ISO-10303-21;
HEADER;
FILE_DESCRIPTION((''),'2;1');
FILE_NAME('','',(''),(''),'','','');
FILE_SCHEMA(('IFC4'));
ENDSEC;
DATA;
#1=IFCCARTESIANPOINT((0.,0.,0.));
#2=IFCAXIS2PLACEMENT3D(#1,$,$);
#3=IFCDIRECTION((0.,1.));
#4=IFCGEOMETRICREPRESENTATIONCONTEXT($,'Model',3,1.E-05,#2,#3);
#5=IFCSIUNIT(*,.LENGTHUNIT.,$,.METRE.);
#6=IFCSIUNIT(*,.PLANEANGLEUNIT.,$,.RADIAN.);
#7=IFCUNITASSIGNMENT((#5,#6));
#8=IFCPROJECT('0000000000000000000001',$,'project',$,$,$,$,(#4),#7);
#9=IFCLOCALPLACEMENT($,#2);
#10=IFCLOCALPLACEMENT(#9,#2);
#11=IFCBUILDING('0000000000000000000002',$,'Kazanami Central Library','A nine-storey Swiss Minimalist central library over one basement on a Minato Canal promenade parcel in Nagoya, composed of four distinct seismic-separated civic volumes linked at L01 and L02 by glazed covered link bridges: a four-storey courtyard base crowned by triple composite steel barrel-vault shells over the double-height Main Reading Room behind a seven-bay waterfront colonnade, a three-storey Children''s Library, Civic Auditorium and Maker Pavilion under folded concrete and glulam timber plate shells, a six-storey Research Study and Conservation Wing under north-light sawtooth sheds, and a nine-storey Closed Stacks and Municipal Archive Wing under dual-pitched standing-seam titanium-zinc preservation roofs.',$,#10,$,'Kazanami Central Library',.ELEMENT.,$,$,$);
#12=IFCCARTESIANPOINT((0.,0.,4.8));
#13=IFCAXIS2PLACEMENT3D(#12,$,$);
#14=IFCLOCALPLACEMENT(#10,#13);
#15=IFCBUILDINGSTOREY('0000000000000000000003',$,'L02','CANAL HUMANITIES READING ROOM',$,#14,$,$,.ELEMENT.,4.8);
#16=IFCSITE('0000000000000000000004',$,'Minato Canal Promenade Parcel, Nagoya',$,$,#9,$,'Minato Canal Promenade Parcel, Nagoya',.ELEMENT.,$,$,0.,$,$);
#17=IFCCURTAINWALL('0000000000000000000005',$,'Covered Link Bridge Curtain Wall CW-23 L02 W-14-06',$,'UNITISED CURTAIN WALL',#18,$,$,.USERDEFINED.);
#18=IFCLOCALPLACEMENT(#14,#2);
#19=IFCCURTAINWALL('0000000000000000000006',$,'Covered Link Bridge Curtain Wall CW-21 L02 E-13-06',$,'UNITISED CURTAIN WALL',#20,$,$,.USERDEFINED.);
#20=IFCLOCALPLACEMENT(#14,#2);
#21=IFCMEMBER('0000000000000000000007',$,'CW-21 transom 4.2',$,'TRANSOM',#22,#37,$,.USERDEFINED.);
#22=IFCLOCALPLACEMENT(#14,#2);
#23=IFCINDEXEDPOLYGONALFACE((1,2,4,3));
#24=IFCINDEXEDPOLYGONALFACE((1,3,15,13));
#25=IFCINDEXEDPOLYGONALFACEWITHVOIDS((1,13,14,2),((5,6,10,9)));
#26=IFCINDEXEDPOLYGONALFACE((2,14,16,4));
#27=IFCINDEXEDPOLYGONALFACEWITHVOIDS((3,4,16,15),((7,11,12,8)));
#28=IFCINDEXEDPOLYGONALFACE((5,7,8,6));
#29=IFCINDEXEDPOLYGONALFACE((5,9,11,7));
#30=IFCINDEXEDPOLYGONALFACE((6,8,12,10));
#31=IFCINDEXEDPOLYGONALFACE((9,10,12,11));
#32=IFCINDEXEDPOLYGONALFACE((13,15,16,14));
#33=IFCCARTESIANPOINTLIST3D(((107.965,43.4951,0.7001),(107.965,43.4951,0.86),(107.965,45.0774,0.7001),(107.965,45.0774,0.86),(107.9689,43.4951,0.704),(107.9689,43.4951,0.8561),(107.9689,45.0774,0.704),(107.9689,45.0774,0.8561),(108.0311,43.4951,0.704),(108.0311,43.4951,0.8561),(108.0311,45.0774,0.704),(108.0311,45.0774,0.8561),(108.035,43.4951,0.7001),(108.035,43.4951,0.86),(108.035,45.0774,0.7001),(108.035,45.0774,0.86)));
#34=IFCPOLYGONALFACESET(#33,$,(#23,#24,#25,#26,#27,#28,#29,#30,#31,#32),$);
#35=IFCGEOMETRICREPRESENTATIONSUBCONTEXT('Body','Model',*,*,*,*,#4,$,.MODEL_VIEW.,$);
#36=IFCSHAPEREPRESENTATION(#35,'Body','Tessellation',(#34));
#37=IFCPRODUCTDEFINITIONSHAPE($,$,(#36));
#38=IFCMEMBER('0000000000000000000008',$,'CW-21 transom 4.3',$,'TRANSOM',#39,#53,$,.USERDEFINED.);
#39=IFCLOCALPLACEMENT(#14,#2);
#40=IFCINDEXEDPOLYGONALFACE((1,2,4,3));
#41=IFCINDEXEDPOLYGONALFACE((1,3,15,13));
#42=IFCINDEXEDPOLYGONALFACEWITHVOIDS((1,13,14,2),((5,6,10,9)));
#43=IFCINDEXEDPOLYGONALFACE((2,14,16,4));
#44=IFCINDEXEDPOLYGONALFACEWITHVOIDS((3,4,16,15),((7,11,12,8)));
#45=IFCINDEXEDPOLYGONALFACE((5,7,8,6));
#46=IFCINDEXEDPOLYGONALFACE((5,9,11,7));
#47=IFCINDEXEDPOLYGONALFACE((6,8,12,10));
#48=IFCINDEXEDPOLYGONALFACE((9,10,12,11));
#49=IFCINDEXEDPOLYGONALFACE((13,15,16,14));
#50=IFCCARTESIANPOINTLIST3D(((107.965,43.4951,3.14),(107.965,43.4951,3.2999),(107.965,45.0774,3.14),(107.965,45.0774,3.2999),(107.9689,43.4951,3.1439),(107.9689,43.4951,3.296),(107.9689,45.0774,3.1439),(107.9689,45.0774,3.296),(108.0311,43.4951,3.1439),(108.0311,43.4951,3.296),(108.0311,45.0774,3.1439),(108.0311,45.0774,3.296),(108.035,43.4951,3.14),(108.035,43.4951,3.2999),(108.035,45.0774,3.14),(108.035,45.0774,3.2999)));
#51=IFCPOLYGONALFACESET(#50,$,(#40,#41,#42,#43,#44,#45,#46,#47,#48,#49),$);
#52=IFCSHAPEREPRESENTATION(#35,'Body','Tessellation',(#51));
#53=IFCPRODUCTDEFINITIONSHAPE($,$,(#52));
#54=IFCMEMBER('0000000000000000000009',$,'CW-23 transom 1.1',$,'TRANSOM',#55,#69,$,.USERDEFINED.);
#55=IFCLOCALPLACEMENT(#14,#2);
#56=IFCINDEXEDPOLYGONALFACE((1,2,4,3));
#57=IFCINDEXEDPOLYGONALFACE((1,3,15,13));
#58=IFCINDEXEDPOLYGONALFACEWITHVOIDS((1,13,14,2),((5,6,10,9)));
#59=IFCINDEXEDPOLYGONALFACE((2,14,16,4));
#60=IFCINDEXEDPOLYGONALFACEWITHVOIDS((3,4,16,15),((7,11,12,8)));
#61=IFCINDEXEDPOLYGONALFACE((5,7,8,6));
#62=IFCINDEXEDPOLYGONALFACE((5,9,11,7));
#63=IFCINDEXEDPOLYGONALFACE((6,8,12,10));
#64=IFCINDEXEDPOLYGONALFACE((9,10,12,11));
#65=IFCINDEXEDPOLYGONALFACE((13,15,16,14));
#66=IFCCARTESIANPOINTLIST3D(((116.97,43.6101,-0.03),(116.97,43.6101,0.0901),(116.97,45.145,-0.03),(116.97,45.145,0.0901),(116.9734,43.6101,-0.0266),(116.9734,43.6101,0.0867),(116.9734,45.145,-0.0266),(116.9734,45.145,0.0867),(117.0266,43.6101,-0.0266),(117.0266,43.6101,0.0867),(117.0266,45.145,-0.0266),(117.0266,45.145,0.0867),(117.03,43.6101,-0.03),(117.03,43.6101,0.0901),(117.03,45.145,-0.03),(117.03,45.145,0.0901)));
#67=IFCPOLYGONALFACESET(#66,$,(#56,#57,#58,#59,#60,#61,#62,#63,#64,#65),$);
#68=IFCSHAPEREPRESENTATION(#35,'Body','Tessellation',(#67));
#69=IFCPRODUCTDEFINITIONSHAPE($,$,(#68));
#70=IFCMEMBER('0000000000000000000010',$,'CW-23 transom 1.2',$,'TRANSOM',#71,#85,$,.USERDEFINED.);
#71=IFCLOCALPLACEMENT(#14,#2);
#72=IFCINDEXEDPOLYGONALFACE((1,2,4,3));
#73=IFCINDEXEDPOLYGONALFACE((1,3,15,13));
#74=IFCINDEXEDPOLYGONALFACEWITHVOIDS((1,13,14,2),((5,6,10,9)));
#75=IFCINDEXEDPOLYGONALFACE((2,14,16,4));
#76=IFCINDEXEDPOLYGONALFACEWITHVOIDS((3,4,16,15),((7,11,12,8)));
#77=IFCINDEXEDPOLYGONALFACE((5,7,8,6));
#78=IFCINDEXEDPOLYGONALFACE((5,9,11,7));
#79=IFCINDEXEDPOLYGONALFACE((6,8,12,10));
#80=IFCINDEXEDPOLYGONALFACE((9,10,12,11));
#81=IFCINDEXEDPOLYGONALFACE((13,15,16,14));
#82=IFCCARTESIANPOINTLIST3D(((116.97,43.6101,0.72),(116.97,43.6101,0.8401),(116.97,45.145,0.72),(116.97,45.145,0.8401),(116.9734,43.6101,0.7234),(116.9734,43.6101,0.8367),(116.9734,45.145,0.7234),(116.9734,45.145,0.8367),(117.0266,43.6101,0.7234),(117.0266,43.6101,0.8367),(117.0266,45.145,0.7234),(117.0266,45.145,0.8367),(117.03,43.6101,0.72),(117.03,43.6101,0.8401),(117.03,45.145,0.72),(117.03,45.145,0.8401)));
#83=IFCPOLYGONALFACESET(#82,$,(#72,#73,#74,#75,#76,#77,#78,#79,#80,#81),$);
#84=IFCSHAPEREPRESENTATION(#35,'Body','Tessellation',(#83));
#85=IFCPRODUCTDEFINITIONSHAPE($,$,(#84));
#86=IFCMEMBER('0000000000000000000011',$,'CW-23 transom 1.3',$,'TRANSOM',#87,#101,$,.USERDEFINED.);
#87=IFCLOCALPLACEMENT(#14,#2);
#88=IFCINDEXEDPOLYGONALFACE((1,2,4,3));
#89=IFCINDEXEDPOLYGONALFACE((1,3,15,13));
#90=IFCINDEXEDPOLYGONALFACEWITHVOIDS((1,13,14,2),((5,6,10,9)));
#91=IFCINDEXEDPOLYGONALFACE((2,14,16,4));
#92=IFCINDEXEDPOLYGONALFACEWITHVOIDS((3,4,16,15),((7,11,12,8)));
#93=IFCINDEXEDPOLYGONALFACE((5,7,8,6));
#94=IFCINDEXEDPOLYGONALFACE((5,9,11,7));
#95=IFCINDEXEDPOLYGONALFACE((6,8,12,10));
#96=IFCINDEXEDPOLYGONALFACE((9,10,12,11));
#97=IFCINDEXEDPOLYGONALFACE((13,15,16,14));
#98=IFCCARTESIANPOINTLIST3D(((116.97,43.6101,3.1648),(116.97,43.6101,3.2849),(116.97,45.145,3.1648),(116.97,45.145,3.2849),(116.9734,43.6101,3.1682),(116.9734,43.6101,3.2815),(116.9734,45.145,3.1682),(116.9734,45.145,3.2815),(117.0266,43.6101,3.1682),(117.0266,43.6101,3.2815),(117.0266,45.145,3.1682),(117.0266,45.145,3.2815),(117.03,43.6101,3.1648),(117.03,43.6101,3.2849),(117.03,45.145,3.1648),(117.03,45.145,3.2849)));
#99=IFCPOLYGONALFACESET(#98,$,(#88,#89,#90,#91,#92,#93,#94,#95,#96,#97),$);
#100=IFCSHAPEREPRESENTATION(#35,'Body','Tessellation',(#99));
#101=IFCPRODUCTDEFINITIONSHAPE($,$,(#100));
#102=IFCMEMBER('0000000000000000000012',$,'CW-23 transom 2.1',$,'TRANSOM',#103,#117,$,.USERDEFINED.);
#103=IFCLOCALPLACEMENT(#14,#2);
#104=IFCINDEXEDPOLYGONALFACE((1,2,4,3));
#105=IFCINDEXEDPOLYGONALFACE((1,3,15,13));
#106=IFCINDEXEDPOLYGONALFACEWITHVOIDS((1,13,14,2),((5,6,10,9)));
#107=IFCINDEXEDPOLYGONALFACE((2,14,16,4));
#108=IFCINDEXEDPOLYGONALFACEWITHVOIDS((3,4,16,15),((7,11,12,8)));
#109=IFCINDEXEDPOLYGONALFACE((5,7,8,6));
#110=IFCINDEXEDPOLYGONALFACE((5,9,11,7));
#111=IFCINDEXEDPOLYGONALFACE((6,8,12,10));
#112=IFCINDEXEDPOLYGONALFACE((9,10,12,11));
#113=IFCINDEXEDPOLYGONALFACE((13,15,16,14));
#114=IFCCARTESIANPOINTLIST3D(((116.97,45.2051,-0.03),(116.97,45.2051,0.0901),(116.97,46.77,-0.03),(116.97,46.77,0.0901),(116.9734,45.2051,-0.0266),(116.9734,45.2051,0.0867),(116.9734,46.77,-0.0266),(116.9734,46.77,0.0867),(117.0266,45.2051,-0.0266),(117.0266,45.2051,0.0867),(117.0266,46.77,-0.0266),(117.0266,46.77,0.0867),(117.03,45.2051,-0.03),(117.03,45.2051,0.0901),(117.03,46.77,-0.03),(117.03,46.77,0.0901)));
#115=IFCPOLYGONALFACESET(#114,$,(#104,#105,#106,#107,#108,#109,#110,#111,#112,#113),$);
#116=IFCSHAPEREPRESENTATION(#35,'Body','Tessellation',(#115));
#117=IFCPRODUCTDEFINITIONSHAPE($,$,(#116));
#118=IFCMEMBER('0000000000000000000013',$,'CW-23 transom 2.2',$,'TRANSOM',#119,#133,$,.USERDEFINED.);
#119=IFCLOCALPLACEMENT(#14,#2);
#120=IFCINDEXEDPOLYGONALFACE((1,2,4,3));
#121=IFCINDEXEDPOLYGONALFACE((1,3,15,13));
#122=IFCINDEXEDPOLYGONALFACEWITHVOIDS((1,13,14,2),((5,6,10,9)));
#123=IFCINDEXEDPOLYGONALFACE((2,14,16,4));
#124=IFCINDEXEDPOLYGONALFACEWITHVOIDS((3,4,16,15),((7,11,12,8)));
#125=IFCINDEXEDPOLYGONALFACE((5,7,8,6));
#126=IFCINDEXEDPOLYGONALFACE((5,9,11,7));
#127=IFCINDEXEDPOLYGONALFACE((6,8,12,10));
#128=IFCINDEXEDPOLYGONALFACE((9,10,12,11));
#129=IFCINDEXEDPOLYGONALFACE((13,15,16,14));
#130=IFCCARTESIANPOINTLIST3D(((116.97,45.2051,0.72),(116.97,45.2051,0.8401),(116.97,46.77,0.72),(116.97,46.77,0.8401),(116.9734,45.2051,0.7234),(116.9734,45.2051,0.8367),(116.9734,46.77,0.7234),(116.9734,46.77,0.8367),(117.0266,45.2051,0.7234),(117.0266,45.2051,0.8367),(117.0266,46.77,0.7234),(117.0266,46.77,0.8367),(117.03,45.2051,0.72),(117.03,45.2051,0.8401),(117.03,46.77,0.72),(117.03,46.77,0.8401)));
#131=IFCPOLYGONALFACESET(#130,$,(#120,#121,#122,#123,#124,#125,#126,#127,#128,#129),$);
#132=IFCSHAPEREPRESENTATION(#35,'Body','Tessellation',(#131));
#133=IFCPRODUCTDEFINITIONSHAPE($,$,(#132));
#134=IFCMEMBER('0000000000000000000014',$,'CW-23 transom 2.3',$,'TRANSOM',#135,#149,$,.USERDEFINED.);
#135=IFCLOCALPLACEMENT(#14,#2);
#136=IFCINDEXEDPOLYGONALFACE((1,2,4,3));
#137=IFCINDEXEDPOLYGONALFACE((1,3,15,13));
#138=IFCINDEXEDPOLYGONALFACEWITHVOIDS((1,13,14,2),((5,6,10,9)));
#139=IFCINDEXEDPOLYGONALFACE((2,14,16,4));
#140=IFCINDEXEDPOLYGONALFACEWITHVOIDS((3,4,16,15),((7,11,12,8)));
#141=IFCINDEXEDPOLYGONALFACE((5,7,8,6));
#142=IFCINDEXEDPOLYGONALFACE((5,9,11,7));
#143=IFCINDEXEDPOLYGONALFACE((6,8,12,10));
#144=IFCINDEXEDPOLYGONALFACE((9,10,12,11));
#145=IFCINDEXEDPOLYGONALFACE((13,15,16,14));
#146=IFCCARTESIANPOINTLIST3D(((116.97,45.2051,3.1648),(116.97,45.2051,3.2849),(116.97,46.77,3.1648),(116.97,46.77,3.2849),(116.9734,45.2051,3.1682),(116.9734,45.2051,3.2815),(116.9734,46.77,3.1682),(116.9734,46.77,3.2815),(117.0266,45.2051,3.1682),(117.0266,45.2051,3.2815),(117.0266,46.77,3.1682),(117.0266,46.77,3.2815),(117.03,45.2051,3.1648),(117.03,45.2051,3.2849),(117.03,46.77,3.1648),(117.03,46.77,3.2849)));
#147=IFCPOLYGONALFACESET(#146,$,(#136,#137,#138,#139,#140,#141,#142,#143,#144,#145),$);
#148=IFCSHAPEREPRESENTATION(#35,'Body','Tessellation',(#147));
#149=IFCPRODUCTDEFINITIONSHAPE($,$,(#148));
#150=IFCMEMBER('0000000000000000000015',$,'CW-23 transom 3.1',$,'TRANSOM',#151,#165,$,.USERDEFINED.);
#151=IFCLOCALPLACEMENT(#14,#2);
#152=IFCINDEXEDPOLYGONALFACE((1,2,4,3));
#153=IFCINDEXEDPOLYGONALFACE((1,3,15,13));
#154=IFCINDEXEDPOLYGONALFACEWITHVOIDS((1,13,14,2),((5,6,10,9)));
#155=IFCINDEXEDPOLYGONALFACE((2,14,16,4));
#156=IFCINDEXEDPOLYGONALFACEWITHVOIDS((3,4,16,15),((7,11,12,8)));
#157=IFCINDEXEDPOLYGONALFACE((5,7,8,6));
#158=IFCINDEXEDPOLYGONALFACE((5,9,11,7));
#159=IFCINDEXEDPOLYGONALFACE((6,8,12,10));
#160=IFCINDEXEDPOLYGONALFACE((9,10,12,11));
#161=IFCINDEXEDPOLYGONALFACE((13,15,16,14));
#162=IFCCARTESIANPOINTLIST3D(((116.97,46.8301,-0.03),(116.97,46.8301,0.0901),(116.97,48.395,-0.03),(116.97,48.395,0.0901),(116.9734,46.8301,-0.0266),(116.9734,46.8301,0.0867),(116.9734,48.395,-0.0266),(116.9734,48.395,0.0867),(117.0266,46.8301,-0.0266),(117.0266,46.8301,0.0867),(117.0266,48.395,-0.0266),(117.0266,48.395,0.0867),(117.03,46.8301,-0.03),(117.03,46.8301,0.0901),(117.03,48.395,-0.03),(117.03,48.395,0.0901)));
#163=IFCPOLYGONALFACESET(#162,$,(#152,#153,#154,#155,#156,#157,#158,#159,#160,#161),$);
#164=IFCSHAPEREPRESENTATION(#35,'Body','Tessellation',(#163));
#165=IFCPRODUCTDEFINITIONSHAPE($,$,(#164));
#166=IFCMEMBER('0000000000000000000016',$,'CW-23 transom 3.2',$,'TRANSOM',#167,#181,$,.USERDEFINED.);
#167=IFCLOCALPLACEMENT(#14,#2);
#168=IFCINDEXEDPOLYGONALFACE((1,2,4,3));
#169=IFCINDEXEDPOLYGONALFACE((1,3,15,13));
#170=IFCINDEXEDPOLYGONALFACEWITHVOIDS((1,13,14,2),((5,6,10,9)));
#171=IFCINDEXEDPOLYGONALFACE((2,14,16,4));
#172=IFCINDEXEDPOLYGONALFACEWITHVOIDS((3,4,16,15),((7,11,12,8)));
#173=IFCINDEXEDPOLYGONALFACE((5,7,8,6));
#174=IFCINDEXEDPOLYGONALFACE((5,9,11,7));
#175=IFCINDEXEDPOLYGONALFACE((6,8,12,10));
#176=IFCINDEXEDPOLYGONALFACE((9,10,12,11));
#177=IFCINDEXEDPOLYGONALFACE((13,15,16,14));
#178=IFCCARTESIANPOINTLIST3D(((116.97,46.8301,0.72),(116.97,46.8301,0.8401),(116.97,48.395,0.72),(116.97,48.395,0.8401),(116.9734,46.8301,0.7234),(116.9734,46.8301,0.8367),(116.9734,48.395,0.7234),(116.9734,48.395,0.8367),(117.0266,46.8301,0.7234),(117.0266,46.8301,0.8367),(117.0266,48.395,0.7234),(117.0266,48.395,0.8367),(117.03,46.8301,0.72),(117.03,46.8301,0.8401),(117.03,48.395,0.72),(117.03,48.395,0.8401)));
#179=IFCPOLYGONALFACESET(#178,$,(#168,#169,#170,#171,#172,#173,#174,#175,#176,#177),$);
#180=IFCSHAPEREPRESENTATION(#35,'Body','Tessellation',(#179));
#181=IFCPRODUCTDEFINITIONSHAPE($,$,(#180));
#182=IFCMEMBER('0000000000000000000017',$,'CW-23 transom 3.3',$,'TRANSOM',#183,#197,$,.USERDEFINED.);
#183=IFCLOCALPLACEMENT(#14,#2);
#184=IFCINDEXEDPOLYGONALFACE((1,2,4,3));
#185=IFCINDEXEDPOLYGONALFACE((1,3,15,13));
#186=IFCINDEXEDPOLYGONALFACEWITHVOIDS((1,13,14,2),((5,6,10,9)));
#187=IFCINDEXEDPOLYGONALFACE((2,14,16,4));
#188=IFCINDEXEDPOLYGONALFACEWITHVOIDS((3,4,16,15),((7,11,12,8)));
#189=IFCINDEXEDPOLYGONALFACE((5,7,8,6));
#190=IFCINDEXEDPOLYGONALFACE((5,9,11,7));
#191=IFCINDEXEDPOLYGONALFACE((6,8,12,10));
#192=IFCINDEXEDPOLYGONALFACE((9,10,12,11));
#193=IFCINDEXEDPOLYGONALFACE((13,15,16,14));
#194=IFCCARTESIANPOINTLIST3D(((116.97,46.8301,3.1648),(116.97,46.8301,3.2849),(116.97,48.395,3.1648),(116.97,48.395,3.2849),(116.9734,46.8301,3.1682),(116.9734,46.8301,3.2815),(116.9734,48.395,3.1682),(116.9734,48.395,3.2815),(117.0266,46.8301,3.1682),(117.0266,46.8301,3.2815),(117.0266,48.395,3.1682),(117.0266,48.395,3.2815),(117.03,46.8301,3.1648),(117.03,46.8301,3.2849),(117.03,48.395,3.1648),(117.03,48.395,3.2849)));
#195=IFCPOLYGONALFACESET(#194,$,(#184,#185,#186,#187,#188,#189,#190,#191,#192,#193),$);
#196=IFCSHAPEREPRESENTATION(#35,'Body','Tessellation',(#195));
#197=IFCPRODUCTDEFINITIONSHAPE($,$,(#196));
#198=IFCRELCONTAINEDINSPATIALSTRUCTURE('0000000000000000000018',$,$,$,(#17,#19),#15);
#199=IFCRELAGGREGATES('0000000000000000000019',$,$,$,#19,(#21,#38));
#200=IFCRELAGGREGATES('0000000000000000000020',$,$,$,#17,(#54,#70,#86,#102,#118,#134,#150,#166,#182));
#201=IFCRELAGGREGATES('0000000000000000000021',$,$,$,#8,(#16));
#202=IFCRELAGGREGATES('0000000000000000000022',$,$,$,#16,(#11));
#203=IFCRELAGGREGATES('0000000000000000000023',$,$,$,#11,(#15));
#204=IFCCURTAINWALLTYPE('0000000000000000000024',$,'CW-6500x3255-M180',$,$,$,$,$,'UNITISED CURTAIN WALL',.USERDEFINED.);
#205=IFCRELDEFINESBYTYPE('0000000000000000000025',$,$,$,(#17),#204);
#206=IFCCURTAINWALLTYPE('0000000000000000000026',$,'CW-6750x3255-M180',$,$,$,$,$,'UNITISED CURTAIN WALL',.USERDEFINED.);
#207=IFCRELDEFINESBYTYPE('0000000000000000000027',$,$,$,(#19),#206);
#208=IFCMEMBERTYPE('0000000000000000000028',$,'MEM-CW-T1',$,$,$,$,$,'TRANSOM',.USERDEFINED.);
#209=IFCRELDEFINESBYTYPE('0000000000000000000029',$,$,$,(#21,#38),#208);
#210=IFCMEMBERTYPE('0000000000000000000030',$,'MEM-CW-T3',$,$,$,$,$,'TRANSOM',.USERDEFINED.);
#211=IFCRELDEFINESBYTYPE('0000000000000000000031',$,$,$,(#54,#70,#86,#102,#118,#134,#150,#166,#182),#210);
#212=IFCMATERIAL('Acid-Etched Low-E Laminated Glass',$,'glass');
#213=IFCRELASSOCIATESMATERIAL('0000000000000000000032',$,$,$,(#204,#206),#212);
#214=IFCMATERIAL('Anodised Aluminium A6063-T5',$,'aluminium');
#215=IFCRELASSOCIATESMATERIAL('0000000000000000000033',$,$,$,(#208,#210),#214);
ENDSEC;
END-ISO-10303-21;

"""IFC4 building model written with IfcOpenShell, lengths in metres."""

from ifc_helpers import new_model, si_unit, direction, frame, origin, origin_2d, place, context, subcontext, project, spatial, hollow_rectangle, extrude, material, material_profile, profile_set, type_object, element, aggregate, save


model = new_model("IFC4")

# Units and contexts
model_context = context("Model", 3, precision=1e-05, world=origin(), true_north=direction((0.0, 1.0)))
body_context = subcontext(model_context, "Body", "Model", "MODEL_VIEW")
ifc_project = project(units=[si_unit("LENGTHUNIT", "METRE"), si_unit("PLANEANGLEUNIT", "RADIAN")], contexts=[model_context])

# Site, building, storey
site_placement = place(None, origin())
site = spatial("IfcSite", under=ifc_project, at=site_placement, Name="Minato Canal Promenade Parcel, Nagoya", LongName="Minato Canal Promenade Parcel, Nagoya", CompositionType="ELEMENT", RefElevation=0.0)
building_placement = place(site_placement, origin())
building = spatial("IfcBuilding", under=site, at=building_placement, Name="Kazanami Central Library", Description="A nine-storey Swiss Minimalist central library over one basement on a Minato Canal promenade parcel in Nagoya, composed of four distinct seismic-separated civic volumes linked at L01 and L02 by glazed covered link bridges: a four-storey courtyard base crowned by triple composite steel barrel-vault shells over the double-height Main Reading Room behind a seven-bay waterfront colonnade, a three-storey Children's Library, Civic Auditorium and Maker Pavilion under folded concrete and glulam timber plate shells, a six-storey Research Study and Conservation Wing under north-light sawtooth sheds, and a nine-storey Closed Stacks and Municipal Archive Wing under dual-pitched standing-seam titanium-zinc preservation roofs.", LongName="Kazanami Central Library", CompositionType="ELEMENT")
storey_placement = place(building_placement, frame((0.0, 0.0, 4.8)))
storey = spatial("IfcBuildingStorey", under=building, at=storey_placement, Name="L02", Description="CANAL HUMANITIES READING ROOM", CompositionType="ELEMENT", Elevation=4.8)

# Curtain walls, members
ifc_material_1 = material(Name="Acid-Etched Low-E Laminated Glass", Category="glass")
curtain_wall_type_1 = type_object("IfcCurtainWallType", Name="CW-6500x3255-M180", ElementType="UNITISED CURTAIN WALL", PredefinedType="USERDEFINED", material=ifc_material_1)
curtain_wall_1_placement = place(storey_placement, origin())
curtain_wall_1 = element("IfcCurtainWall", 1, at=curtain_wall_1_placement, inside=storey, type_object=curtain_wall_type_1, Name="Covered Link Bridge Curtain Wall CW-23 L02 W-14-06", ObjectType="UNITISED CURTAIN WALL", PredefinedType="USERDEFINED")
ifc_material_2 = material(Name="Anodised Aluminium A6063-T5", Category="aluminium")
curtain_wall_type_2 = type_object("IfcCurtainWallType", Name="CW-6750x3255-M180", ElementType="UNITISED CURTAIN WALL", PredefinedType="USERDEFINED", material=ifc_material_1)
curtain_wall_2_placement = place(storey_placement, origin())
curtain_wall_2 = element("IfcCurtainWall", 2, at=curtain_wall_2_placement, inside=storey, type_object=curtain_wall_type_2, Name="Covered Link Bridge Curtain Wall CW-21 L02 E-13-06", ObjectType="UNITISED CURTAIN WALL", PredefinedType="USERDEFINED")
ifc_material_profile_1 = material_profile(ifc_material_2, hollow_rectangle(XDim=0.0701, YDim=0.1599, WallThickness=0.0039, at=origin_2d()), Name="ALU-TRAN-70x160x4")
ifc_profile_set_1 = profile_set([ifc_material_profile_1], Name="Anodised Aluminium A6063-T5")
member_type_1 = type_object("IfcMemberType", Name="MEM-CW-T1", ElementType="TRANSOM", PredefinedType="USERDEFINED", material=ifc_profile_set_1)
member_1_placement = place(storey_placement, frame((108.0, 45.0774, 0.78), z_axis=(0.0, -1.0, 0.0), x_axis=(1.0, 0.0, 0.0)))
member_1 = element("IfcMember", 3, at=member_1_placement, type_object=member_type_1, Name="CW-21 transom 4.2", ObjectType="TRANSOM", PredefinedType="USERDEFINED", context=body_context, shape_type="SweptSolid", body=[
    extrude(hollow_rectangle(XDim=0.0701, YDim=0.1599, WallThickness=0.0039, at=origin_2d()), origin(), (0.0, 0.0, 1.0), 1.5823),
])
member_2_placement = place(storey_placement, frame((108.0, 45.0774, 3.22), z_axis=(0.0, -1.0, 0.0), x_axis=(1.0, 0.0, 0.0)))
member_2 = element("IfcMember", 4, at=member_2_placement, type_object=member_type_1, Name="CW-21 transom 4.3", ObjectType="TRANSOM", PredefinedType="USERDEFINED", context=body_context, shape_type="SweptSolid", body=[
    extrude(hollow_rectangle(XDim=0.0701, YDim=0.1599, WallThickness=0.0039, at=origin_2d()), origin(), (0.0, 0.0, 1.0), 1.5823),
])

# Members
ifc_material_profile_2 = material_profile(ifc_material_2, hollow_rectangle(XDim=0.0601, YDim=0.1201, WallThickness=0.0034, at=origin_2d()), Name="ALU-TRAN-60x120x3.5")
ifc_profile_set_2 = profile_set([ifc_material_profile_2], Name="Anodised Aluminium A6063-T5")
member_type_2 = type_object("IfcMemberType", Name="MEM-CW-T3", ElementType="TRANSOM", PredefinedType="USERDEFINED", material=ifc_profile_set_2)
member_3_placement = place(storey_placement, frame((117.0, 43.6101, 0.03), z_axis=(0.0, 1.0, 0.0), x_axis=(-1.0, 0.0, 0.0)))
member_3 = element("IfcMember", 5, at=member_3_placement, type_object=member_type_2, Name="CW-23 transom 1.1", ObjectType="TRANSOM", PredefinedType="USERDEFINED", context=body_context, shape_type="SweptSolid", body=[
    extrude(hollow_rectangle(XDim=0.0601, YDim=0.1201, WallThickness=0.0034, at=origin_2d()), origin(), (0.0, 0.0, 1.0), 1.5349),
])
member_4_placement = place(storey_placement, frame((117.0, 43.6101, 0.78), z_axis=(0.0, 1.0, 0.0), x_axis=(-1.0, 0.0, 0.0)))
member_4 = element("IfcMember", 6, at=member_4_placement, type_object=member_type_2, Name="CW-23 transom 1.2", ObjectType="TRANSOM", PredefinedType="USERDEFINED", context=body_context, shape_type="SweptSolid", body=[
    extrude(hollow_rectangle(XDim=0.0601, YDim=0.1201, WallThickness=0.0034, at=origin_2d()), origin(), (0.0, 0.0, 1.0), 1.5349),
])
member_5_placement = place(storey_placement, frame((117.0, 43.6101, 3.2249), z_axis=(0.0, 1.0, 0.0), x_axis=(-1.0, 0.0, 0.0)))
member_5 = element("IfcMember", 7, at=member_5_placement, type_object=member_type_2, Name="CW-23 transom 1.3", ObjectType="TRANSOM", PredefinedType="USERDEFINED", context=body_context, shape_type="SweptSolid", body=[
    extrude(hollow_rectangle(XDim=0.0601, YDim=0.1201, WallThickness=0.0034, at=origin_2d()), origin(), (0.0, 0.0, 1.0), 1.5349),
])
member_6_placement = place(storey_placement, frame((117.0, 45.2051, 0.03), z_axis=(0.0, 1.0, 0.0), x_axis=(-1.0, 0.0, 0.0)))
member_6 = element("IfcMember", 8, at=member_6_placement, type_object=member_type_2, Name="CW-23 transom 2.1", ObjectType="TRANSOM", PredefinedType="USERDEFINED", context=body_context, shape_type="SweptSolid", body=[
    extrude(hollow_rectangle(XDim=0.0601, YDim=0.1201, WallThickness=0.0034, at=origin_2d()), origin(), (0.0, 0.0, 1.0), 1.5649),
])
member_7_placement = place(storey_placement, frame((117.0, 45.2051, 0.78), z_axis=(0.0, 1.0, 0.0), x_axis=(-1.0, 0.0, 0.0)))
member_7 = element("IfcMember", 9, at=member_7_placement, type_object=member_type_2, Name="CW-23 transom 2.2", ObjectType="TRANSOM", PredefinedType="USERDEFINED", context=body_context, shape_type="SweptSolid", body=[
    extrude(hollow_rectangle(XDim=0.0601, YDim=0.1201, WallThickness=0.0034, at=origin_2d()), origin(), (0.0, 0.0, 1.0), 1.5649),
])
member_8_placement = place(storey_placement, frame((117.0, 45.2051, 3.2249), z_axis=(0.0, 1.0, 0.0), x_axis=(-1.0, 0.0, 0.0)))
member_8 = element("IfcMember", 10, at=member_8_placement, type_object=member_type_2, Name="CW-23 transom 2.3", ObjectType="TRANSOM", PredefinedType="USERDEFINED", context=body_context, shape_type="SweptSolid", body=[
    extrude(hollow_rectangle(XDim=0.0601, YDim=0.1201, WallThickness=0.0034, at=origin_2d()), origin(), (0.0, 0.0, 1.0), 1.5649),
])
member_9_placement = place(storey_placement, frame((117.0, 46.8301, 0.03), z_axis=(0.0, 1.0, 0.0), x_axis=(-1.0, 0.0, 0.0)))
member_9 = element("IfcMember", 11, at=member_9_placement, type_object=member_type_2, Name="CW-23 transom 3.1", ObjectType="TRANSOM", PredefinedType="USERDEFINED", context=body_context, shape_type="SweptSolid", body=[
    extrude(hollow_rectangle(XDim=0.0601, YDim=0.1201, WallThickness=0.0034, at=origin_2d()), origin(), (0.0, 0.0, 1.0), 1.5649),
])
member_10_placement = place(storey_placement, frame((117.0, 46.8301, 0.78), z_axis=(0.0, 1.0, 0.0), x_axis=(-1.0, 0.0, 0.0)))
member_10 = element("IfcMember", 12, at=member_10_placement, type_object=member_type_2, Name="CW-23 transom 3.2", ObjectType="TRANSOM", PredefinedType="USERDEFINED", context=body_context, shape_type="SweptSolid", body=[
    extrude(hollow_rectangle(XDim=0.0601, YDim=0.1201, WallThickness=0.0034, at=origin_2d()), origin(), (0.0, 0.0, 1.0), 1.5649),
])
member_11_placement = place(storey_placement, frame((117.0, 46.8301, 3.2249), z_axis=(0.0, 1.0, 0.0), x_axis=(-1.0, 0.0, 0.0)))
member_11 = element("IfcMember", 13, at=member_11_placement, type_object=member_type_2, Name="CW-23 transom 3.3", ObjectType="TRANSOM", PredefinedType="USERDEFINED", context=body_context, shape_type="SweptSolid", body=[
    extrude(hollow_rectangle(XDim=0.0601, YDim=0.1201, WallThickness=0.0034, at=origin_2d()), origin(), (0.0, 0.0, 1.0), 1.5649),
])

aggregate(curtain_wall_2, [member_1, member_2])
aggregate(curtain_wall_1, [member_3, member_4, member_5, member_6, member_7, member_8, member_9, member_10, member_11])

save(model, "model.ifc")
